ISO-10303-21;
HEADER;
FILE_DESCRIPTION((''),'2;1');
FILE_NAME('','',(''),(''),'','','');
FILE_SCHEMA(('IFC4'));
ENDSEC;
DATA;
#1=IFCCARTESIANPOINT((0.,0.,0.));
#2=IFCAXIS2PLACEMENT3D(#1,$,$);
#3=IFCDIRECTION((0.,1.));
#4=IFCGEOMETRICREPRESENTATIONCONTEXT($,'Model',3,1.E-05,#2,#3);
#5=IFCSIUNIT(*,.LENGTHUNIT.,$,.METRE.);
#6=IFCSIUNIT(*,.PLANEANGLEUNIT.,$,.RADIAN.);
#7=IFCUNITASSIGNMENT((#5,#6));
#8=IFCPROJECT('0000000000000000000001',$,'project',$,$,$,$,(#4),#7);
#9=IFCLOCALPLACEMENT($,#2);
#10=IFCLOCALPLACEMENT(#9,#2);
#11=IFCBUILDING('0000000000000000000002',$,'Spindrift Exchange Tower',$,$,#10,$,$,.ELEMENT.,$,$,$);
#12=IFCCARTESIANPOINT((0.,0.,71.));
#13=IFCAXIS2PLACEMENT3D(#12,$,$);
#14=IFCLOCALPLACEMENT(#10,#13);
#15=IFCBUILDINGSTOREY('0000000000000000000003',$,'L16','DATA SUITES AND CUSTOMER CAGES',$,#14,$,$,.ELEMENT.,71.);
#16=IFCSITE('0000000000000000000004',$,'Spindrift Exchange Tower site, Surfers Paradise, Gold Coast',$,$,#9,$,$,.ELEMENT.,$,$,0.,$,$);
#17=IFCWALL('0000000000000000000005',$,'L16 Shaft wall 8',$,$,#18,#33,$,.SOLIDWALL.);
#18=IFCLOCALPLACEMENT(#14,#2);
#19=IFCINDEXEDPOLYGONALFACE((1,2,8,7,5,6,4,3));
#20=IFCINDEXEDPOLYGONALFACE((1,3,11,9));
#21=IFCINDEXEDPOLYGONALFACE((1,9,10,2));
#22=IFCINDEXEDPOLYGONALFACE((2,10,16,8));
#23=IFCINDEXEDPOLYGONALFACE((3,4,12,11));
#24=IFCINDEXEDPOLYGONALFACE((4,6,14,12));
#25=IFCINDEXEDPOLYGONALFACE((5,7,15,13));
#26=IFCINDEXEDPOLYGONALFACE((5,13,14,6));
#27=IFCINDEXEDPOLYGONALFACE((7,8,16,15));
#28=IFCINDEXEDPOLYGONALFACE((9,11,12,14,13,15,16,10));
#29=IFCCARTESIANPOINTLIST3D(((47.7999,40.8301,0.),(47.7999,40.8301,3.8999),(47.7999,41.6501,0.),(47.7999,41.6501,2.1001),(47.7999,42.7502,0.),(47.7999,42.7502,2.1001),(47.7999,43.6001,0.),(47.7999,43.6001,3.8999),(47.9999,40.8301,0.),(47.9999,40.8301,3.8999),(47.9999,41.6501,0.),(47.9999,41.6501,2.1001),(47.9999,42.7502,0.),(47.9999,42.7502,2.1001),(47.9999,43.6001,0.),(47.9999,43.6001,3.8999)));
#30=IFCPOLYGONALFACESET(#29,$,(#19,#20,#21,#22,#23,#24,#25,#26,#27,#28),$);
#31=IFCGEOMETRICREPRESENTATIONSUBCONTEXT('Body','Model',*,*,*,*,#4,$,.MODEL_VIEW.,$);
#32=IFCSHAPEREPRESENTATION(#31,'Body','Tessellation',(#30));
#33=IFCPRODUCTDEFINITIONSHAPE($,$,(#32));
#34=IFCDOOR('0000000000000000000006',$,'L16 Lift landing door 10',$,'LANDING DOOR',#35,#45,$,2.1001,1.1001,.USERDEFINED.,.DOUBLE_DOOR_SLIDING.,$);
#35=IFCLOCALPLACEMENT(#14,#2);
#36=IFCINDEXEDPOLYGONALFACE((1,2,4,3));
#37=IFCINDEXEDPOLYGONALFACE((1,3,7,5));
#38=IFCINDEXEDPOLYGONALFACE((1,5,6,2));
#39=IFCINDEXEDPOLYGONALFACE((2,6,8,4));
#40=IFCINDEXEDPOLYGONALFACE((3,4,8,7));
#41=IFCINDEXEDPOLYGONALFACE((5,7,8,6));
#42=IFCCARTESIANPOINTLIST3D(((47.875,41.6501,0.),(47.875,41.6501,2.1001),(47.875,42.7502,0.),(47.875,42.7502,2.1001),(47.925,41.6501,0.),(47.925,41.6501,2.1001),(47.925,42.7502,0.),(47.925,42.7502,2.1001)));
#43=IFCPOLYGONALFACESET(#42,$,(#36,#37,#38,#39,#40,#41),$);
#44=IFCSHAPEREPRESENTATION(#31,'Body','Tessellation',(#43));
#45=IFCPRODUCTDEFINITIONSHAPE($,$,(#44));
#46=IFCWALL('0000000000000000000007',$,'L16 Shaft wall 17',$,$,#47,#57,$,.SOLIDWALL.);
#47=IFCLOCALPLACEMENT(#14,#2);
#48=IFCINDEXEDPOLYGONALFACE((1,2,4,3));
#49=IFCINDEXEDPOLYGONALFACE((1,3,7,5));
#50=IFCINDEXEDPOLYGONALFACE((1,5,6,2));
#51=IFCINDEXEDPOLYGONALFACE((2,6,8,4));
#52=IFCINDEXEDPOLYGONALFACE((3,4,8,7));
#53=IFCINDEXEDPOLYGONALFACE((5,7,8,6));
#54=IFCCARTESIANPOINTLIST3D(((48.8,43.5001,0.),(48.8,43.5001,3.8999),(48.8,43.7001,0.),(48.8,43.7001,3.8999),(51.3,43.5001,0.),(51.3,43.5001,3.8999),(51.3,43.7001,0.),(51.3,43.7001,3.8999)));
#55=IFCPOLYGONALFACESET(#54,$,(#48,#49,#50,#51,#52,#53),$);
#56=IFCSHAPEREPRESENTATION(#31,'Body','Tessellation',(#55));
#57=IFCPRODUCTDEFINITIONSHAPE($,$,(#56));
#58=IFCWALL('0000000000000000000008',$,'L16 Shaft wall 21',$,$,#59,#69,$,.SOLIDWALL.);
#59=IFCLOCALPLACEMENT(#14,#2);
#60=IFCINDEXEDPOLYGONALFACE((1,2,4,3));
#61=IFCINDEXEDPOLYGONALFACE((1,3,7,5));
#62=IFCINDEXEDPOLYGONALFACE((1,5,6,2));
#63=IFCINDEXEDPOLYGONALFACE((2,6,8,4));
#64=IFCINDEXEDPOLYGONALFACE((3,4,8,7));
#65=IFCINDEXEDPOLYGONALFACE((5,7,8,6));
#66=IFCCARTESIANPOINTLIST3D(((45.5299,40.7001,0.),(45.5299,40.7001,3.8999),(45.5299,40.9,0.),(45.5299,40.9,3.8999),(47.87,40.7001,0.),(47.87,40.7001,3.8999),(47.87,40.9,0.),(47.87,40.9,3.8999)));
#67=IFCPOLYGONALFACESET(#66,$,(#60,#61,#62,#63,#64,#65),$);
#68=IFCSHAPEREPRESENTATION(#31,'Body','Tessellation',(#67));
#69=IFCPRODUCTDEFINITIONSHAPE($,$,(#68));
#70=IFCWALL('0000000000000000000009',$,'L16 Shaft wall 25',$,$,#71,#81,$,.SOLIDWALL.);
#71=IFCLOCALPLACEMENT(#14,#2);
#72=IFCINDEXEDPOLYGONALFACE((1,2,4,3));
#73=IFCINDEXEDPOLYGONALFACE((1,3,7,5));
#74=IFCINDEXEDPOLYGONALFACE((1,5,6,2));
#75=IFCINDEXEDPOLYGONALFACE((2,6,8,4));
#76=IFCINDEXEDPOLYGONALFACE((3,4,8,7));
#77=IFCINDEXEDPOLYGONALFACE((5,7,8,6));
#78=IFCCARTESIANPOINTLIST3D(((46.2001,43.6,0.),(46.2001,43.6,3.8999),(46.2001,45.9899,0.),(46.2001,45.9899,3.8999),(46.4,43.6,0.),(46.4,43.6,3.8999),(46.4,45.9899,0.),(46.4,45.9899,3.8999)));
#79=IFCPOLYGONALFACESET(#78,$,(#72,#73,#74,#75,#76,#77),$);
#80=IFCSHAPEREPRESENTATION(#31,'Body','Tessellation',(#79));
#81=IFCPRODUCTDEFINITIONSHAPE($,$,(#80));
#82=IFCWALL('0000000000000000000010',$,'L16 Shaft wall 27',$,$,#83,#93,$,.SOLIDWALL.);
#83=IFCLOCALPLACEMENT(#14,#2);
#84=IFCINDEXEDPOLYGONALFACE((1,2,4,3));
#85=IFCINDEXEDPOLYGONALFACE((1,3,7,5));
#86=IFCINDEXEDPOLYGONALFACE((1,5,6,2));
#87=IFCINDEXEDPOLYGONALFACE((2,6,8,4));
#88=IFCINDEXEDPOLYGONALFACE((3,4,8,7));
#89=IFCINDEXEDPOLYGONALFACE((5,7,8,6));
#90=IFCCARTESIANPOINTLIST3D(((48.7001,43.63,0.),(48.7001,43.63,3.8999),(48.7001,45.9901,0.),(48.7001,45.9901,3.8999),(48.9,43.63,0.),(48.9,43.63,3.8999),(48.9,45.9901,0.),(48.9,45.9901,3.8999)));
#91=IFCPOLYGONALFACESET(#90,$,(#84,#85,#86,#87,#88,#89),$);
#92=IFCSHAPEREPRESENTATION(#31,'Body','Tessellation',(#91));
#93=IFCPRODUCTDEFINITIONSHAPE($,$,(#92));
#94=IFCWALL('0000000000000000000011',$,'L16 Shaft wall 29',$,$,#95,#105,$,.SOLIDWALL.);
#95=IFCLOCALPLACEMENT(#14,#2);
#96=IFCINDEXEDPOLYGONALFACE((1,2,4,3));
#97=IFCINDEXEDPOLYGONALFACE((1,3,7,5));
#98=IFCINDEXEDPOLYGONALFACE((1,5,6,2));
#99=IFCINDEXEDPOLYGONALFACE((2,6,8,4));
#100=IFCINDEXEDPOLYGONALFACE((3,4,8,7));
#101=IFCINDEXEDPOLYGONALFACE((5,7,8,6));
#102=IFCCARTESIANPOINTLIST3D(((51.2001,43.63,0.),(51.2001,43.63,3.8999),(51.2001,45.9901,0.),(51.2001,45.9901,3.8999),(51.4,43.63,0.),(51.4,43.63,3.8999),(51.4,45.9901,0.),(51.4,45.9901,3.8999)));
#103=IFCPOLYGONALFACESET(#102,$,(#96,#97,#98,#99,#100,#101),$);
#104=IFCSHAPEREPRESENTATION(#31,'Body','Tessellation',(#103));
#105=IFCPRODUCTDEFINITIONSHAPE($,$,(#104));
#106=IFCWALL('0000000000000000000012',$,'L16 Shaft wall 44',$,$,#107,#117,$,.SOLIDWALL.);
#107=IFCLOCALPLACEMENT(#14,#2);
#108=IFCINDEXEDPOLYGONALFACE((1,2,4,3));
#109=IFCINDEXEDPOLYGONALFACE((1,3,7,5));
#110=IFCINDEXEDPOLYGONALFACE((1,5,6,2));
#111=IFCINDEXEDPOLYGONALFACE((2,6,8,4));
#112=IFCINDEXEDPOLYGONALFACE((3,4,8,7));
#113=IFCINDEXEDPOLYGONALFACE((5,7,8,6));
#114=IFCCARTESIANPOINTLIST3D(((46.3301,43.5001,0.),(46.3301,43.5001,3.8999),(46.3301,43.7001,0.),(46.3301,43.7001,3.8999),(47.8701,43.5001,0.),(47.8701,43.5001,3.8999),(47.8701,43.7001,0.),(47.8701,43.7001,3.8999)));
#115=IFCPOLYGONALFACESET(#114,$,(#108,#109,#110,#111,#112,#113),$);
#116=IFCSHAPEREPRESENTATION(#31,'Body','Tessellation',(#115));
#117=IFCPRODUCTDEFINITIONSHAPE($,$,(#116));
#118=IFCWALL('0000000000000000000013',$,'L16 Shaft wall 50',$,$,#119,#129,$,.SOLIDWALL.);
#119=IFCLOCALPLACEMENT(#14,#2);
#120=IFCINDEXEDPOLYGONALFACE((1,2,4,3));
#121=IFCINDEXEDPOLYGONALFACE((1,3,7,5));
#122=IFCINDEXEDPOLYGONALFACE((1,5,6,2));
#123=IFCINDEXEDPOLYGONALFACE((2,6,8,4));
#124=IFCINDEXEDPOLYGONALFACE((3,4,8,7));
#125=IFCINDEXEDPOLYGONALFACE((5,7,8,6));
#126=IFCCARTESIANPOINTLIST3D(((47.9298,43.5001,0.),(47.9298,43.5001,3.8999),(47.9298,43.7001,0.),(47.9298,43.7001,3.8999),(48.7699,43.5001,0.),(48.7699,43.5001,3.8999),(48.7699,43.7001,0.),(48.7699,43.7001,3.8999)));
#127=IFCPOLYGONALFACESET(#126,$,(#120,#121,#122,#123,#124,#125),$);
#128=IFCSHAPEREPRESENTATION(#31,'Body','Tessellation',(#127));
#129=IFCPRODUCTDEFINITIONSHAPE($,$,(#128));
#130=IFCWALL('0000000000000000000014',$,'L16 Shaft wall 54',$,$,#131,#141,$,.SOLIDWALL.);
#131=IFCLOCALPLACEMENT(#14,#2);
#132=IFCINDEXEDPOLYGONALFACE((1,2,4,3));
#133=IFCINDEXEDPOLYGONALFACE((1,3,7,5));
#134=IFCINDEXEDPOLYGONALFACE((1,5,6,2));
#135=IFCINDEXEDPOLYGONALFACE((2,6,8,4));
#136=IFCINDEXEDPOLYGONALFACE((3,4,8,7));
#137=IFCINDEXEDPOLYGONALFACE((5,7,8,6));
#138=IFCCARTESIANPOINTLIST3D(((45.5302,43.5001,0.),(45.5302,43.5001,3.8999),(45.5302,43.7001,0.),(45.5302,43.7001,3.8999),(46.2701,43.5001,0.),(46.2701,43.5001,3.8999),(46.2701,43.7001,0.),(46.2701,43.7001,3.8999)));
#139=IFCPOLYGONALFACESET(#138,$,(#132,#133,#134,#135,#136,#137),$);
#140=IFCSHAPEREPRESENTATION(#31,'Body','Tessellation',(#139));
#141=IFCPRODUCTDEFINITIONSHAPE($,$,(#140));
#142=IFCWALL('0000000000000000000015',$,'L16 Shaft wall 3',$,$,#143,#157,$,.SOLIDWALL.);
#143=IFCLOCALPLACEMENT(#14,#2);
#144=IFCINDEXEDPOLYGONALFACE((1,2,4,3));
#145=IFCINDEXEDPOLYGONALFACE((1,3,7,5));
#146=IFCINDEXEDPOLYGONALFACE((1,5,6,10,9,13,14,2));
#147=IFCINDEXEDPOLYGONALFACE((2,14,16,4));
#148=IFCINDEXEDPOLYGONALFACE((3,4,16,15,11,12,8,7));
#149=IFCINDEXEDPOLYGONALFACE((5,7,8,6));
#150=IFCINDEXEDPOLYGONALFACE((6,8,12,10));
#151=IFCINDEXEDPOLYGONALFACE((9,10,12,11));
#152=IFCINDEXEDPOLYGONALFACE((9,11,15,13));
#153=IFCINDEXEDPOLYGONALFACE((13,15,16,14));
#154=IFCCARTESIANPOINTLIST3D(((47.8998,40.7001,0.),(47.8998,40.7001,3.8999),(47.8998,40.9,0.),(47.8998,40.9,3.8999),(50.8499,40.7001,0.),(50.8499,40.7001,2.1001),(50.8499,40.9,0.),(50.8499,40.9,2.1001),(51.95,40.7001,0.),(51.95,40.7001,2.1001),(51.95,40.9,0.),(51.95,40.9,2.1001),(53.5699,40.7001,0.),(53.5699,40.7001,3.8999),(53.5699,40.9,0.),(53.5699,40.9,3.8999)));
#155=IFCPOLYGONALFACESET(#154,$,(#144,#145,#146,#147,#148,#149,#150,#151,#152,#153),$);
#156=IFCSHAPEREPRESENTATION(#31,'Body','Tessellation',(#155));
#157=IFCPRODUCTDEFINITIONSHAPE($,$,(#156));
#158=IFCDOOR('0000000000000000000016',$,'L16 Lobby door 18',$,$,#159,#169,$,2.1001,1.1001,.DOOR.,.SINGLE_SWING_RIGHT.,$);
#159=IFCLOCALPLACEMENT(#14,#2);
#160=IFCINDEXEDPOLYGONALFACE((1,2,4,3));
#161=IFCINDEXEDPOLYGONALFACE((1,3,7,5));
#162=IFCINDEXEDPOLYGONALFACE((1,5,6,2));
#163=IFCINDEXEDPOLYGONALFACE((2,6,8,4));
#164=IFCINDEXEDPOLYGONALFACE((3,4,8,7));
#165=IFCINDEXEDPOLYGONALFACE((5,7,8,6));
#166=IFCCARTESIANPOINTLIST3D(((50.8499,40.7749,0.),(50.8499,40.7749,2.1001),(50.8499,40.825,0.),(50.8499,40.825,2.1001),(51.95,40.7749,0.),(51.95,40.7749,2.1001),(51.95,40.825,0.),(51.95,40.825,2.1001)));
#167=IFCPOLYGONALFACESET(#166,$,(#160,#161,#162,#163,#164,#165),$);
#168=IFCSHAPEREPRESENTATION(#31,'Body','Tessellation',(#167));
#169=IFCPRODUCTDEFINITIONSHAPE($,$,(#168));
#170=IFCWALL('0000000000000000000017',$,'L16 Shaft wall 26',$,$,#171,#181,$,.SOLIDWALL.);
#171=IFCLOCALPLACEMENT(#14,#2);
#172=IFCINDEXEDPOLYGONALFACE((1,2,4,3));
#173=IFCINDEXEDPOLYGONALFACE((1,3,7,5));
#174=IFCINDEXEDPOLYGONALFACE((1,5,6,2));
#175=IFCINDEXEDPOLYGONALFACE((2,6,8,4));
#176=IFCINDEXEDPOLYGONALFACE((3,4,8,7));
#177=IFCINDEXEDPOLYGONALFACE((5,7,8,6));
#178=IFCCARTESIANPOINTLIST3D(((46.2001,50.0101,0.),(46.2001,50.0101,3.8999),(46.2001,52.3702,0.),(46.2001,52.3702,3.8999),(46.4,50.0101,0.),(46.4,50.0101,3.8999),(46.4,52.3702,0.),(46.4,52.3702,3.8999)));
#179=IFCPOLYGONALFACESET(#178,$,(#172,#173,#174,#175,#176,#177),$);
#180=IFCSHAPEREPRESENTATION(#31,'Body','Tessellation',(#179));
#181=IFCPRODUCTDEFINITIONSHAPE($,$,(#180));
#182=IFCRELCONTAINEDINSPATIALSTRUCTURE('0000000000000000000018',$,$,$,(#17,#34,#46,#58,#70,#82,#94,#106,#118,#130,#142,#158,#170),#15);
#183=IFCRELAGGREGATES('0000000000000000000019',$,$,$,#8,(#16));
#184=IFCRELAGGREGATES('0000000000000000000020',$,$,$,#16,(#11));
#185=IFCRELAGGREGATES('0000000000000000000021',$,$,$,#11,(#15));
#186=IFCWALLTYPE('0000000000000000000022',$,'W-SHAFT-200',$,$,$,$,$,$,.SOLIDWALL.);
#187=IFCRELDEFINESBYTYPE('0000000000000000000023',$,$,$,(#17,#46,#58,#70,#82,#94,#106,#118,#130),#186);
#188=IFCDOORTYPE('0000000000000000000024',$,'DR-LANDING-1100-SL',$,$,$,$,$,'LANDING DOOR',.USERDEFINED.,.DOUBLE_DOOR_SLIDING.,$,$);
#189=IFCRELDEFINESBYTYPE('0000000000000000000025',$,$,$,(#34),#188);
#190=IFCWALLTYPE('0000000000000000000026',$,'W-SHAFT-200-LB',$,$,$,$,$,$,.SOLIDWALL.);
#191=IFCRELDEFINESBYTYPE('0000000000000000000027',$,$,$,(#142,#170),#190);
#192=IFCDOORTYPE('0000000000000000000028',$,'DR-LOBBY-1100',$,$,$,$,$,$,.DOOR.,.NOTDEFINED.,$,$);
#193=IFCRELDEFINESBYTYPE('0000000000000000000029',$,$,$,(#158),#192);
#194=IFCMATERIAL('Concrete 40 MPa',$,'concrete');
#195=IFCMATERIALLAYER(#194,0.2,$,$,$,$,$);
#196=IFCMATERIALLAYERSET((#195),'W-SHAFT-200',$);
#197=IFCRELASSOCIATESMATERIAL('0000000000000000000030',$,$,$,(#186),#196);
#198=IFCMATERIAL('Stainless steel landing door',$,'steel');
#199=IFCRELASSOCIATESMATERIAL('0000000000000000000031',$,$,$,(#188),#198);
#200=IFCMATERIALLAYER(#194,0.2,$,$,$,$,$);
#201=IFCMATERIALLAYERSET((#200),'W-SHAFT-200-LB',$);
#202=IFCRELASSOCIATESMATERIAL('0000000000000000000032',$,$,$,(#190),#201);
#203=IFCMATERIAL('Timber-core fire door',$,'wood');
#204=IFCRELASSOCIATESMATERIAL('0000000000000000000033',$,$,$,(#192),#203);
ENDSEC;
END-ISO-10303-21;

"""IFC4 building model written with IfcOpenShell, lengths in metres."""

from ifc_helpers import new_model, si_unit, direction, frame, frame_2d, origin, place, context, subcontext, project, spatial, rectangle, extrude, source, transform, mapped, material, layer, layer_set, type_object, element, fill, save


model = new_model("IFC4")

# Units and contexts
model_context = context("Model", 3, precision=1e-05, world=origin(), true_north=direction((0.0, 1.0)))
body_context = subcontext(model_context, "Body", "Model", "MODEL_VIEW")
ifc_project = project(units=[si_unit("LENGTHUNIT", "METRE"), si_unit("PLANEANGLEUNIT", "RADIAN")], contexts=[model_context])

# Site, building, storey
site_placement = place(None, origin())
site = spatial("IfcSite", under=ifc_project, at=site_placement, Name="Spindrift Exchange Tower site, Surfers Paradise, Gold Coast", CompositionType="ELEMENT", RefElevation=0.0)
building_placement = place(site_placement, origin())
building = spatial("IfcBuilding", under=site, at=building_placement, Name="Spindrift Exchange Tower", CompositionType="ELEMENT")
storey_placement = place(building_placement, frame((0.0, 0.0, 71.0)))
storey = spatial("IfcBuildingStorey", under=building, at=storey_placement, Name="L16", Description="DATA SUITES AND CUSTOMER CAGES", CompositionType="ELEMENT", Elevation=71.0)

# Shared definitions
ifc_material_1 = material(Name="Concrete 40 MPa", Category="concrete")
ifc_layer_1 = layer(ifc_material_1, 0.2)
ifc_layer_set_1 = layer_set([ifc_layer_1], Name="W-SHAFT-200")
wall_type_1 = type_object("IfcWallType", Name="W-SHAFT-200", PredefinedType="SOLIDWALL", material=ifc_layer_set_1)

# Wall, opening, door
wall_1_placement = place(storey_placement, frame((47.8999, 40.8301, 0.0), z_axis=(0.0, 0.0, 1.0), x_axis=(0.0, 1.0, 0.0)))
wall_1 = element("IfcWall", 1, at=wall_1_placement, inside=storey, type_object=wall_type_1, Name="L16 Shaft wall 8", PredefinedType="SOLIDWALL", context=body_context, shape_type="SweptSolid", body=[
    extrude(rectangle(XDim=2.77, YDim=0.2, at=frame_2d((1.385, 0.0))), origin(), (0.0, 0.0, 1.0), 3.8999),
])
opening_1_placement = place(wall_1_placement, frame((0.8201, 0.0, 0.0)))
opening_1 = element("IfcOpeningElement", 2, at=opening_1_placement, cuts=wall_1, PredefinedType="OPENING", context=body_context, shape_type="SweptSolid", body=[
    extrude(rectangle(XDim=1.1001, YDim=2.1001, at=frame_2d((0.55, 1.05))), frame((0.0, 0.1099, 0.0), z_axis=(0.0, -1.0, 0.0), x_axis=(1.0, 0.0, 0.0)), (0.0, 0.0, 1.0), 0.22),
])
ifc_material_2 = material(Name="Stainless steel landing door", Category="steel")
door_type_1 = type_object("IfcDoorType", Name="DR-LANDING-1100-SL", ElementType="LANDING DOOR", OperationType="DOUBLE_DOOR_SLIDING", PredefinedType="USERDEFINED", material=ifc_material_2)
shared_shape_1 = source(origin(), body_context, "Body", "SweptSolid", [
    extrude(rectangle(XDim=1.1001, YDim=2.1001, at=frame_2d((0.55, 1.05))), frame((0.0, 0.0249, 0.0), z_axis=(0.0, -1.0, 0.0), x_axis=(1.0, 0.0, 0.0)), (0.0, 0.0, 1.0), 0.05),
])
door_1_placement = place(opening_1_placement, origin())
door_1 = element("IfcDoor", 3, at=door_1_placement, inside=storey, type_object=door_type_1, Name="L16 Lift landing door 10", ObjectType="LANDING DOOR", OperationType="DOUBLE_DOOR_SLIDING", OverallHeight=2.1001, OverallWidth=1.1001, PredefinedType="USERDEFINED", context=body_context, shape_type="MappedRepresentation", body=[
    mapped(shared_shape_1, transform((0.0, 0.0, 0.0), scale=1.0)),
])
fill(opening_1, door_1)

# Walls
wall_2_placement = place(storey_placement, frame((48.8, 43.6001, 0.0), z_axis=(0.0, 0.0, 1.0), x_axis=(1.0, 0.0, 0.0)))
element("IfcWall", 4, at=wall_2_placement, inside=storey, type_object=wall_type_1, Name="L16 Shaft wall 17", PredefinedType="SOLIDWALL", context=body_context, shape_type="SweptSolid", body=[
    extrude(rectangle(XDim=2.5, YDim=0.2, at=frame_2d((1.25, 0.0))), origin(), (0.0, 0.0, 1.0), 3.8999),
])
wall_3_placement = place(storey_placement, frame((45.53, 40.8, 0.0), z_axis=(0.0, 0.0, 1.0), x_axis=(1.0, 0.0, 0.0)))
element("IfcWall", 5, at=wall_3_placement, inside=storey, type_object=wall_type_1, Name="L16 Shaft wall 21", PredefinedType="SOLIDWALL", context=body_context, shape_type="SweptSolid", body=[
    extrude(rectangle(XDim=2.3401, YDim=0.2, at=frame_2d((1.1699, 0.0))), origin(), (0.0, 0.0, 1.0), 3.8999),
])
wall_4_placement = place(storey_placement, frame((46.3, 43.6001, 0.0), z_axis=(0.0, 0.0, 1.0), x_axis=(0.0, 1.0, 0.0)))
element("IfcWall", 6, at=wall_4_placement, inside=storey, type_object=wall_type_1, Name="L16 Shaft wall 25", PredefinedType="SOLIDWALL", context=body_context, shape_type="SweptSolid", body=[
    extrude(rectangle(XDim=2.3899, YDim=0.2, at=frame_2d((1.1948, 0.0))), origin(), (0.0, 0.0, 1.0), 3.8999),
])
for number, where, z_axis, x_axis, name in (
    (7, (48.8, 43.6299, 0.0), (0.0, 0.0, 1.0), (0.0, 1.0, 0.0), "L16 Shaft wall 27"),
    (8, (51.3, 43.6299, 0.0), (0.0, 0.0, 1.0), (0.0, 1.0, 0.0), "L16 Shaft wall 29"),
):
    element("IfcWall", number, at=place(storey_placement, frame(where, z_axis=z_axis, x_axis=x_axis)), inside=storey, type_object=wall_type_1, Name=name, PredefinedType="SOLIDWALL", context=body_context, shape_type="SweptSolid", body=[
        extrude(rectangle(XDim=2.3601, YDim=0.2, at=frame_2d((1.1802, 0.0))), origin(), (0.0, 0.0, 1.0), 3.8999),
    ])
wall_5_placement = place(storey_placement, frame((46.3301, 43.6001, 0.0), z_axis=(0.0, 0.0, 1.0), x_axis=(1.0, 0.0, 0.0)))
element("IfcWall", 9, at=wall_5_placement, inside=storey, type_object=wall_type_1, Name="L16 Shaft wall 44", PredefinedType="SOLIDWALL", context=body_context, shape_type="SweptSolid", body=[
    extrude(rectangle(XDim=1.54, YDim=0.2, at=frame_2d((0.77, 0.0))), origin(), (0.0, 0.0, 1.0), 3.8999),
])
wall_6_placement = place(storey_placement, frame((47.9299, 43.6001, 0.0), z_axis=(0.0, 0.0, 1.0), x_axis=(1.0, 0.0, 0.0)))
element("IfcWall", 10, at=wall_6_placement, inside=storey, type_object=wall_type_1, Name="L16 Shaft wall 50", PredefinedType="SOLIDWALL", context=body_context, shape_type="SweptSolid", body=[
    extrude(rectangle(XDim=0.8401, YDim=0.2, at=frame_2d((0.4199, 0.0))), origin(), (0.0, 0.0, 1.0), 3.8999),
])
wall_7_placement = place(storey_placement, frame((45.53, 43.6001, 0.0), z_axis=(0.0, 0.0, 1.0), x_axis=(1.0, 0.0, 0.0)))
element("IfcWall", 11, at=wall_7_placement, inside=storey, type_object=wall_type_1, Name="L16 Shaft wall 54", PredefinedType="SOLIDWALL", context=body_context, shape_type="SweptSolid", body=[
    extrude(rectangle(XDim=0.74, YDim=0.2, at=frame_2d((0.3701, 0.0))), origin(), (0.0, 0.0, 1.0), 3.8999),
])

# Wall, opening, door
ifc_layer_2 = layer(ifc_material_1, 0.2)
ifc_layer_set_2 = layer_set([ifc_layer_2], Name="W-SHAFT-200-LB")
wall_type_2 = type_object("IfcWallType", Name="W-SHAFT-200-LB", PredefinedType="SOLIDWALL", material=ifc_layer_set_2)
wall_8_placement = place(storey_placement, frame((47.8999, 40.8, 0.0), z_axis=(0.0, 0.0, 1.0), x_axis=(1.0, 0.0, 0.0)))
wall_8 = element("IfcWall", 12, at=wall_8_placement, inside=storey, type_object=wall_type_2, Name="L16 Shaft wall 3", PredefinedType="SOLIDWALL", context=body_context, shape_type="SweptSolid", body=[
    extrude(rectangle(XDim=5.6702, YDim=0.2, at=frame_2d((2.835, 0.0))), origin(), (0.0, 0.0, 1.0), 3.8999),
])
opening_2_placement = place(wall_8_placement, frame((2.95, 0.0, 0.0)))
opening_2 = element("IfcOpeningElement", 13, at=opening_2_placement, cuts=wall_8, PredefinedType="OPENING", context=body_context, shape_type="SweptSolid", body=[
    extrude(rectangle(XDim=1.1001, YDim=2.1001, at=frame_2d((0.55, 1.05))), frame((0.0, 0.1099, 0.0), z_axis=(0.0, -1.0, 0.0), x_axis=(1.0, 0.0, 0.0)), (0.0, 0.0, 1.0), 0.22),
])
ifc_material_3 = material(Name="Timber-core fire door", Category="wood")
door_type_2 = type_object("IfcDoorType", Name="DR-LOBBY-1100", OperationType="NOTDEFINED", PredefinedType="DOOR", material=ifc_material_3)
shared_shape_2 = source(origin(), body_context, "Body", "SweptSolid", [
    extrude(rectangle(XDim=1.1001, YDim=2.1001, at=frame_2d((0.55, 1.05))), frame((0.0, 0.0249, 0.0), z_axis=(0.0, -1.0, 0.0), x_axis=(1.0, 0.0, 0.0)), (0.0, 0.0, 1.0), 0.05),
])
door_2_placement = place(opening_2_placement, origin())
door_2 = element("IfcDoor", 14, at=door_2_placement, inside=storey, type_object=door_type_2, Name="L16 Lobby door 18", OperationType="SINGLE_SWING_RIGHT", OverallHeight=2.1001, OverallWidth=1.1001, PredefinedType="DOOR", context=body_context, shape_type="MappedRepresentation", body=[
    mapped(shared_shape_2, transform((0.0, 0.0, 0.0), scale=1.0)),
])
fill(opening_2, door_2)

# Wall
wall_9_placement = place(storey_placement, frame((46.3, 50.01, 0.0), z_axis=(0.0, 0.0, 1.0), x_axis=(0.0, 1.0, 0.0)))
element("IfcWall", 15, at=wall_9_placement, inside=storey, type_object=wall_type_2, Name="L16 Shaft wall 26", PredefinedType="SOLIDWALL", context=body_context, shape_type="SweptSolid", body=[
    extrude(rectangle(XDim=2.3601, YDim=0.2, at=frame_2d((1.1802, 0.0))), origin(), (0.0, 0.0, 1.0), 3.8999),
])

save(model, "model.ifc")
